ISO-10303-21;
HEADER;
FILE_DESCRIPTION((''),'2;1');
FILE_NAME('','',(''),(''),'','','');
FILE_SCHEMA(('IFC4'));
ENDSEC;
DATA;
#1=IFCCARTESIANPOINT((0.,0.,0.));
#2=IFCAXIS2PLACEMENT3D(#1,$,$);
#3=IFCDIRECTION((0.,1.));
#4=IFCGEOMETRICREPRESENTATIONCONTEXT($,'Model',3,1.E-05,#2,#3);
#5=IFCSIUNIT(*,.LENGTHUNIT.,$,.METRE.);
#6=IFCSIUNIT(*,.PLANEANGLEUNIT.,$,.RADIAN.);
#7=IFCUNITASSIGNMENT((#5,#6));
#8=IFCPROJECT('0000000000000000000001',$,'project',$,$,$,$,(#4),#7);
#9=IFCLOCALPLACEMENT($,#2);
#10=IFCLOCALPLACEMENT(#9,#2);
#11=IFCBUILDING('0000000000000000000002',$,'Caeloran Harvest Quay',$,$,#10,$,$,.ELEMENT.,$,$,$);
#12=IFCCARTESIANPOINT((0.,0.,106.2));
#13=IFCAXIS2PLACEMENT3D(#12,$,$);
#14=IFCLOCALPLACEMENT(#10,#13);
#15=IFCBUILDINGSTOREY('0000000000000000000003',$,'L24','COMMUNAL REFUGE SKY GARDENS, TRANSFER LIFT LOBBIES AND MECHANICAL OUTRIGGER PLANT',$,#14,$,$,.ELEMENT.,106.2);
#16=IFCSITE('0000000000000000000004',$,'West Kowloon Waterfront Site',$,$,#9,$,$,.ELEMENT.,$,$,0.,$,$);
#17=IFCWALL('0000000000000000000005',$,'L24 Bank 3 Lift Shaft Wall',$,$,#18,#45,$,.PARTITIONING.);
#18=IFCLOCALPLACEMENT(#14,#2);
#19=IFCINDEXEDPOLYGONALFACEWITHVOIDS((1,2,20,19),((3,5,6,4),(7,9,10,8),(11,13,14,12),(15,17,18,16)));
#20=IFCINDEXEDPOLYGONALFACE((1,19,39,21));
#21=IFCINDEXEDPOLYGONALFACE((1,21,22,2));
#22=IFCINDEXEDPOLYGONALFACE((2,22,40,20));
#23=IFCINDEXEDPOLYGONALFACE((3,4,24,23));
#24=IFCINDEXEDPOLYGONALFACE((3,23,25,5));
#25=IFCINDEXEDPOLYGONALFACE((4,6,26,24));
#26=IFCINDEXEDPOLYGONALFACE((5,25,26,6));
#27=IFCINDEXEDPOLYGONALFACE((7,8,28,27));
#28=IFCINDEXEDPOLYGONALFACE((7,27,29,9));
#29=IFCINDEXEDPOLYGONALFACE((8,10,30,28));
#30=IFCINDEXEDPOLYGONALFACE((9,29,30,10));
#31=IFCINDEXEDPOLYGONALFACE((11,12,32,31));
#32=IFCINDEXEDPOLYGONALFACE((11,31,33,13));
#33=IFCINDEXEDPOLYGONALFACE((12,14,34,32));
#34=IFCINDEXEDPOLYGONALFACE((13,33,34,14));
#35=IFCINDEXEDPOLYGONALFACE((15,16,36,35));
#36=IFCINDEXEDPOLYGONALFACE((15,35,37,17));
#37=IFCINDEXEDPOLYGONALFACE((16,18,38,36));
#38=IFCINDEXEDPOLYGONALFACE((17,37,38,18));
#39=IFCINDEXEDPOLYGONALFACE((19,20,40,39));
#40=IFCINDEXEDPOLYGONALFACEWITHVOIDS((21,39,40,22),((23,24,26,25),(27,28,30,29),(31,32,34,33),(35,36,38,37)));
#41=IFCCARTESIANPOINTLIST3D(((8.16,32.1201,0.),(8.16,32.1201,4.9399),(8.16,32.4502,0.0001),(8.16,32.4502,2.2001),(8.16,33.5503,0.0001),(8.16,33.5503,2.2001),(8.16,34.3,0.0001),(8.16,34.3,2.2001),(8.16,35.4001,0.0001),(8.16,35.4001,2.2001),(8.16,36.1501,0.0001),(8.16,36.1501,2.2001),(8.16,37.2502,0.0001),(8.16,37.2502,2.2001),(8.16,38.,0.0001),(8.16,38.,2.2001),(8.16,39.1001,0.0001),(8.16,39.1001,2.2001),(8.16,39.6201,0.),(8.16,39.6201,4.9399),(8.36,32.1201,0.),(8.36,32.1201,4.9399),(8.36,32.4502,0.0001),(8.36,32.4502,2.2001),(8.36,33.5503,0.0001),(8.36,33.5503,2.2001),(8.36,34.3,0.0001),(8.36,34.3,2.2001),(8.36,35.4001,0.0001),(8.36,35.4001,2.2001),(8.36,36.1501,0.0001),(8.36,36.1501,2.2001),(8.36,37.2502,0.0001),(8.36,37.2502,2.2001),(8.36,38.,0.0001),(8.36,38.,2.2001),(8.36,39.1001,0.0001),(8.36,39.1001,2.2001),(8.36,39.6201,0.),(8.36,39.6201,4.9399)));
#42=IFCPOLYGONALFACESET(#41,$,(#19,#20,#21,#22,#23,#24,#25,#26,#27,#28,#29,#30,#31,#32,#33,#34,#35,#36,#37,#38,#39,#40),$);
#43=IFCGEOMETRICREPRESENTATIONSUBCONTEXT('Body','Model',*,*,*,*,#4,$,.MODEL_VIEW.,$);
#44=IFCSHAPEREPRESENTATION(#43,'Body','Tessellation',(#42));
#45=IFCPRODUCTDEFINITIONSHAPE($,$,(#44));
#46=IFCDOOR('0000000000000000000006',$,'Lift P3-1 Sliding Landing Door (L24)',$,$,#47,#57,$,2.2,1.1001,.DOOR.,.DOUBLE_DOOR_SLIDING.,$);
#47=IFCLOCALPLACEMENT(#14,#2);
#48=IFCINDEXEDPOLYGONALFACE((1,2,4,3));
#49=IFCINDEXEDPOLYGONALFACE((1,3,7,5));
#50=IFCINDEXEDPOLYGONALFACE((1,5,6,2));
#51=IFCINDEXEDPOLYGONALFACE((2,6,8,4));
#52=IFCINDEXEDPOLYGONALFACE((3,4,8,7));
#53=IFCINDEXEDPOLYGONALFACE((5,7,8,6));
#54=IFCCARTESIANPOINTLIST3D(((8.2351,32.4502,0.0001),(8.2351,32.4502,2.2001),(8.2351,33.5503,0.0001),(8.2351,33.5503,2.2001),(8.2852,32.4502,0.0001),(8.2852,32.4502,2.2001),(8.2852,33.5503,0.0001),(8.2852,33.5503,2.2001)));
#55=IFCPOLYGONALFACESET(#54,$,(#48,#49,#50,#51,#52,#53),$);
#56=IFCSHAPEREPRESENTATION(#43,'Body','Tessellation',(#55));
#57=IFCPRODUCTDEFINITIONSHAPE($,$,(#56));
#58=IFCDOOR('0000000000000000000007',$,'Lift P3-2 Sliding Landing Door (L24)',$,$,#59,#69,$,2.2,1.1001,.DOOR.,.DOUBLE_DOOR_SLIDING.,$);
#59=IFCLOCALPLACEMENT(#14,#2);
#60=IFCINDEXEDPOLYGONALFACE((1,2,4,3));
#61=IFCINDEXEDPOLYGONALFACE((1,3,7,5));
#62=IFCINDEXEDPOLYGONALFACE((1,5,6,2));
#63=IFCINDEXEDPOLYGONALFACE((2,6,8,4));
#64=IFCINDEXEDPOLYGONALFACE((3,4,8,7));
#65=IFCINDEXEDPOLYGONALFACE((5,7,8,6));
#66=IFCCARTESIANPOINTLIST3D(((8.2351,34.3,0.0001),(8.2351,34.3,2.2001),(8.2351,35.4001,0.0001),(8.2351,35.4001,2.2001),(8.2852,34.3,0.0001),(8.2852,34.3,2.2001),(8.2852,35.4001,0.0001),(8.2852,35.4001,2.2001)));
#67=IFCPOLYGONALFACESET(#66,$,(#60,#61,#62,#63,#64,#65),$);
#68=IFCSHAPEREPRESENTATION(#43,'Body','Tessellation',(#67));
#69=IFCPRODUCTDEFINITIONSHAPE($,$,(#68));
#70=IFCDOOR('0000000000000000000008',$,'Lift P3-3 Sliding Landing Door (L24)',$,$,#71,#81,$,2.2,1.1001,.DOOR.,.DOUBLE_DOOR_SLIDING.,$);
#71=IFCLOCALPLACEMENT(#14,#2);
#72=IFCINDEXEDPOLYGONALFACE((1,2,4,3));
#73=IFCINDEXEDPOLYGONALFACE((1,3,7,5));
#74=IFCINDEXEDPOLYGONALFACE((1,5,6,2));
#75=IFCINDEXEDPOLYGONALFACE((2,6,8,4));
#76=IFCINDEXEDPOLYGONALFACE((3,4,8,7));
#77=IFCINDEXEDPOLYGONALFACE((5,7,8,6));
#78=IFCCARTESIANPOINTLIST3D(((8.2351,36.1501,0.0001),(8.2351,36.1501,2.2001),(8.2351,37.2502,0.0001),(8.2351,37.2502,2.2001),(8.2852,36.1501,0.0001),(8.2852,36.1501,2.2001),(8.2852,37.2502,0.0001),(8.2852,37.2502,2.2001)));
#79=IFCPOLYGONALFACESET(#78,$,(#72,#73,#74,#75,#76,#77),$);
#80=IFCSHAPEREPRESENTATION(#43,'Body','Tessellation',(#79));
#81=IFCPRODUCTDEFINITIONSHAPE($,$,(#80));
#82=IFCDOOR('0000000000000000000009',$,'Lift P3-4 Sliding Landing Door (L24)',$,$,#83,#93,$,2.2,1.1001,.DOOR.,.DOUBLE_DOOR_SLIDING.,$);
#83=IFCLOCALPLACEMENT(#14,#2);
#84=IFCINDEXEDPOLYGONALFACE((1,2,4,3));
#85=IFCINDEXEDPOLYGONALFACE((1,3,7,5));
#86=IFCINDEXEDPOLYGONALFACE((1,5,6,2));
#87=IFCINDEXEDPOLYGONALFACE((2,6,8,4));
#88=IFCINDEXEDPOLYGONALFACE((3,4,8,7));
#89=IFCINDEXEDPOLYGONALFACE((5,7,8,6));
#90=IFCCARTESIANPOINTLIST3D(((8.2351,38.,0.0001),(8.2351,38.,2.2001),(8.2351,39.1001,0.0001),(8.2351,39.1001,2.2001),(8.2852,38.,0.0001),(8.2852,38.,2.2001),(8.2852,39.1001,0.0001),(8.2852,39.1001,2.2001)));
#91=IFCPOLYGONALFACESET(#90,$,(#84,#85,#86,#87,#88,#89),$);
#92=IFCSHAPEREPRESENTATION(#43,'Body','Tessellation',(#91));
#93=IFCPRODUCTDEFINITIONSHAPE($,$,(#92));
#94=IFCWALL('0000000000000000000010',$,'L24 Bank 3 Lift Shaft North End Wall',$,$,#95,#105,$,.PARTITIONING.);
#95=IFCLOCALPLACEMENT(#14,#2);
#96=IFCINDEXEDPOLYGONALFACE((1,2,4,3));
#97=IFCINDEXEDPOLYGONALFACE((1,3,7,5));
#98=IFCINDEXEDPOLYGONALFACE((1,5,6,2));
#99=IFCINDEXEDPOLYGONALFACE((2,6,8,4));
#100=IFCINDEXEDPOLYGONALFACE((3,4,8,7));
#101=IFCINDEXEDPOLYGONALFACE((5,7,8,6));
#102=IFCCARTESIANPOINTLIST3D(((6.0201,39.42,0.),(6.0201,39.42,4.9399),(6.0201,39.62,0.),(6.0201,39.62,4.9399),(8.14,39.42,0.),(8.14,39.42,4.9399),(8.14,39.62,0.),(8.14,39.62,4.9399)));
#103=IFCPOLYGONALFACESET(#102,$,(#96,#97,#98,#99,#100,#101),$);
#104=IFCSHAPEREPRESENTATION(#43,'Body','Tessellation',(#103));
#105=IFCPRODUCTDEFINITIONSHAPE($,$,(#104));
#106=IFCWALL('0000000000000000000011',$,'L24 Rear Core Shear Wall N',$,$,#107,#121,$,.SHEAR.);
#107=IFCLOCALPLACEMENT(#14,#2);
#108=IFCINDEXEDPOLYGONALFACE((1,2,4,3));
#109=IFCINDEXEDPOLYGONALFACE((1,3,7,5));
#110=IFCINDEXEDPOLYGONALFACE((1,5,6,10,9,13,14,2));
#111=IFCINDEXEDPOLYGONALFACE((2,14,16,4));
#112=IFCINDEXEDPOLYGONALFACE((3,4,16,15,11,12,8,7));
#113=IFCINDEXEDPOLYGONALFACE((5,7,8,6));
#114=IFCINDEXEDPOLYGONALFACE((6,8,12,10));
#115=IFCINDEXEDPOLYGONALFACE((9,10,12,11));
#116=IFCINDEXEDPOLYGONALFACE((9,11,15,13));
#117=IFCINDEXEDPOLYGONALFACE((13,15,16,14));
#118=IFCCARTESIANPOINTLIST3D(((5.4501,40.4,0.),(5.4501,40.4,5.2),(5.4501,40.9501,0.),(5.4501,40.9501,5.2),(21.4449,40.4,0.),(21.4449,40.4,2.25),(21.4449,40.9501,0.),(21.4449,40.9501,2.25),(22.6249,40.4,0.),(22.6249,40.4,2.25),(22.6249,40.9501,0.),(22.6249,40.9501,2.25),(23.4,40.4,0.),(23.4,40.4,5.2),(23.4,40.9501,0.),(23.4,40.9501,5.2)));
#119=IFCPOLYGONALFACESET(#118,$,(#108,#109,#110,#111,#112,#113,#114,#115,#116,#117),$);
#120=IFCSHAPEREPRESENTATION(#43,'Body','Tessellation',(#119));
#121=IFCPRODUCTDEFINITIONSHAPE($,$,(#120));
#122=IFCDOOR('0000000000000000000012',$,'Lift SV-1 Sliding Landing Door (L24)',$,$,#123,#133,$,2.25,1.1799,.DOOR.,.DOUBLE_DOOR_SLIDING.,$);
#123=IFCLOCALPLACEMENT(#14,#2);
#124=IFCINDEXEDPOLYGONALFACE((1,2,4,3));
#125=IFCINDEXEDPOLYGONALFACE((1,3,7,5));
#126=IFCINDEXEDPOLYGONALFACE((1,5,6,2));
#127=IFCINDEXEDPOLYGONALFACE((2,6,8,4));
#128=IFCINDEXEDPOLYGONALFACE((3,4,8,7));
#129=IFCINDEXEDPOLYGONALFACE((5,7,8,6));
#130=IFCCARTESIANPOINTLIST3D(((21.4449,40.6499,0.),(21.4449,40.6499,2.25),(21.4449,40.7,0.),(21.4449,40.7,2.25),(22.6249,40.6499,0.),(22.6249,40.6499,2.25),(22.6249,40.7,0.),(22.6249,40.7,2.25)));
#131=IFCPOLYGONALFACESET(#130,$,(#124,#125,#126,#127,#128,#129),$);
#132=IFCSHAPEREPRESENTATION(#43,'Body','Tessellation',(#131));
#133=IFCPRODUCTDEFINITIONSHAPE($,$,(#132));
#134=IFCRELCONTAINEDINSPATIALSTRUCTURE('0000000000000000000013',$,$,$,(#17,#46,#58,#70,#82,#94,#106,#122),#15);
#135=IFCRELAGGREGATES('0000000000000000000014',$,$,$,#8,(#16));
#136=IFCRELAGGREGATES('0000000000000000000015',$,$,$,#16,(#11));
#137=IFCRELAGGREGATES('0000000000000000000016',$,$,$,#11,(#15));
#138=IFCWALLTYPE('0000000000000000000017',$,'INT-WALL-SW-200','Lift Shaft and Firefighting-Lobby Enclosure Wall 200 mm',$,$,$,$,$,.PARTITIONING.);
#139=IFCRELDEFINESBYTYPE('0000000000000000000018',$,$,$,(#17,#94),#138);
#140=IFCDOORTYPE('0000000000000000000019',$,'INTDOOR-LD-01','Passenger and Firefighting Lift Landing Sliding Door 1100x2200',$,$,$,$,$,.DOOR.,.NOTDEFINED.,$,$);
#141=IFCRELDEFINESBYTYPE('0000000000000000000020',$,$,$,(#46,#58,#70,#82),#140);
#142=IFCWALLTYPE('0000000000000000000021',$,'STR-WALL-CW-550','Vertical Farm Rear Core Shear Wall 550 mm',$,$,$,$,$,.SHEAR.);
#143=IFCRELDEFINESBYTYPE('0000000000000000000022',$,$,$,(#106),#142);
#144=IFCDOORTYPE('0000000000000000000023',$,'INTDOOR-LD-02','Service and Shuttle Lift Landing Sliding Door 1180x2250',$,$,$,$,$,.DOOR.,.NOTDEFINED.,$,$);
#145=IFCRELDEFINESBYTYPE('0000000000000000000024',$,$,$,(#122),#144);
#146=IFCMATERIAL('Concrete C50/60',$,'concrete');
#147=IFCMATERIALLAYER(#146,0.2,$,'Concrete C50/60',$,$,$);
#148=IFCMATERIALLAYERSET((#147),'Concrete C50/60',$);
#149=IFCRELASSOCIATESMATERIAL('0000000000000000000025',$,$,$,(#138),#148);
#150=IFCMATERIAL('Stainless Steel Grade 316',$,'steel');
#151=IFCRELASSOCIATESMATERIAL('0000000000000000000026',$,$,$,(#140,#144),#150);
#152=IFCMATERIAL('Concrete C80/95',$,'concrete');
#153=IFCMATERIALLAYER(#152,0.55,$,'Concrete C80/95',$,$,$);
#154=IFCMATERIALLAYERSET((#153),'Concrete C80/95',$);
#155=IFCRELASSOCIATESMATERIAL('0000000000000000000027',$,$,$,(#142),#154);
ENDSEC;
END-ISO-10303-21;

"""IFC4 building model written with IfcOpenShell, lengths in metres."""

from ifc_helpers import new_model, si_unit, direction, frame, frame_2d, origin, place, context, subcontext, project, spatial, rectangle, extrude, material, layer, layer_set, type_object, element, fill, save


model = new_model("IFC4")

# Units and contexts
model_context = context("Model", 3, precision=1e-05, world=origin(), true_north=direction((0.0, 1.0)))
body_context = subcontext(model_context, "Body", "Model", "MODEL_VIEW")
ifc_project = project(units=[si_unit("LENGTHUNIT", "METRE"), si_unit("PLANEANGLEUNIT", "RADIAN")], contexts=[model_context])

# Site, building, storey
site_placement = place(None, origin())
site = spatial("IfcSite", under=ifc_project, at=site_placement, Name="West Kowloon Waterfront Site", CompositionType="ELEMENT", RefElevation=0.0)
building_placement = place(site_placement, origin())
building = spatial("IfcBuilding", under=site, at=building_placement, Name="Caeloran Harvest Quay", CompositionType="ELEMENT")
storey_placement = place(building_placement, frame((0.0, 0.0, 106.2)))
storey = spatial("IfcBuildingStorey", under=building, at=storey_placement, Name="L24", Description="COMMUNAL REFUGE SKY GARDENS, TRANSFER LIFT LOBBIES AND MECHANICAL OUTRIGGER PLANT", CompositionType="ELEMENT", Elevation=106.2)

# Shared definitions
ifc_material_1 = material(Name="Concrete C80/95", Category="concrete")

# Wall, openings, doors
ifc_material_2 = material(Name="Concrete C50/60", Category="concrete")
ifc_layer_1 = layer(ifc_material_2, 0.2, Name="Concrete C50/60")
ifc_layer_set_1 = layer_set([ifc_layer_1], Name="Concrete C50/60")
wall_type_1 = type_object("IfcWallType", Name="INT-WALL-SW-200", Description="Lift Shaft and Firefighting-Lobby Enclosure Wall 200 mm", PredefinedType="PARTITIONING", material=ifc_layer_set_1)
wall_1_placement = place(storey_placement, frame((8.26, 32.1201, 0.0), z_axis=(0.0, 0.0, 1.0), x_axis=(0.0, 1.0, 0.0)))
wall_1 = element("IfcWall", 1, at=wall_1_placement, inside=storey, type_object=wall_type_1, Name="L24 Bank 3 Lift Shaft Wall", PredefinedType="PARTITIONING", context=body_context, shape_type="SweptSolid", body=[
    extrude(rectangle(XDim=7.5, YDim=0.2, at=frame_2d((3.75, 0.0))), origin(), (0.0, 0.0, 1.0), 4.9399),
])
opening_1_placement = place(wall_1_placement, frame((0.3301, 0.0, 0.0)))
opening_1 = element("IfcOpeningElement", 2, at=opening_1_placement, cuts=wall_1, PredefinedType="OPENING", context=body_context, shape_type="SweptSolid", body=[
    extrude(rectangle(XDim=1.1001, YDim=2.2, at=frame_2d((0.55, 1.1001))), frame((0.0, 0.1099, 0.0), z_axis=(0.0, -1.0, 0.0), x_axis=(1.0, 0.0, 0.0)), (0.0, 0.0, 1.0), 0.22),
])
opening_2_placement = place(wall_1_placement, frame((2.1799, 0.0, 0.0)))
opening_2 = element("IfcOpeningElement", 3, at=opening_2_placement, cuts=wall_1, PredefinedType="OPENING", context=body_context, shape_type="SweptSolid", body=[
    extrude(rectangle(XDim=1.1001, YDim=2.2, at=frame_2d((0.55, 1.1001))), frame((0.0, 0.1099, 0.0), z_axis=(0.0, -1.0, 0.0), x_axis=(1.0, 0.0, 0.0)), (0.0, 0.0, 1.0), 0.22),
])
opening_3_placement = place(wall_1_placement, frame((4.03, 0.0, 0.0)))
opening_3 = element("IfcOpeningElement", 4, at=opening_3_placement, cuts=wall_1, PredefinedType="OPENING", context=body_context, shape_type="SweptSolid", body=[
    extrude(rectangle(XDim=1.1001, YDim=2.2, at=frame_2d((0.55, 1.1001))), frame((0.0, 0.1099, 0.0), z_axis=(0.0, -1.0, 0.0), x_axis=(1.0, 0.0, 0.0)), (0.0, 0.0, 1.0), 0.22),
])
opening_4_placement = place(wall_1_placement, frame((5.8799, 0.0, 0.0)))
opening_4 = element("IfcOpeningElement", 5, at=opening_4_placement, cuts=wall_1, PredefinedType="OPENING", context=body_context, shape_type="SweptSolid", body=[
    extrude(rectangle(XDim=1.1001, YDim=2.2, at=frame_2d((0.55, 1.1001))), frame((0.0, 0.1099, 0.0), z_axis=(0.0, -1.0, 0.0), x_axis=(1.0, 0.0, 0.0)), (0.0, 0.0, 1.0), 0.22),
])
ifc_material_3 = material(Name="Stainless Steel Grade 316", Category="steel")
door_type_1 = type_object("IfcDoorType", Name="INTDOOR-LD-01", Description="Passenger and Firefighting Lift Landing Sliding Door 1100x2200", OperationType="NOTDEFINED", PredefinedType="DOOR", material=ifc_material_3)
door_1_placement = place(opening_1_placement, origin())
door_1 = element("IfcDoor", 6, at=door_1_placement, inside=storey, type_object=door_type_1, Name="Lift P3-1 Sliding Landing Door (L24)", OperationType="DOUBLE_DOOR_SLIDING", OverallHeight=2.2, OverallWidth=1.1001, PredefinedType="DOOR", context=body_context, shape_type="SweptSolid", body=[
    extrude(rectangle(XDim=1.1001, YDim=2.2, at=frame_2d((0.55, 1.1001))), frame((0.0, 0.0249, 0.0), z_axis=(0.0, -1.0, 0.0), x_axis=(1.0, 0.0, 0.0)), (0.0, 0.0, 1.0), 0.05),
])
fill(opening_1, door_1)
door_2_placement = place(opening_2_placement, origin())
door_2 = element("IfcDoor", 7, at=door_2_placement, inside=storey, type_object=door_type_1, Name="Lift P3-2 Sliding Landing Door (L24)", OperationType="DOUBLE_DOOR_SLIDING", OverallHeight=2.2, OverallWidth=1.1001, PredefinedType="DOOR", context=body_context, shape_type="SweptSolid", body=[
    extrude(rectangle(XDim=1.1001, YDim=2.2, at=frame_2d((0.55, 1.1001))), frame((0.0, 0.0249, 0.0), z_axis=(0.0, -1.0, 0.0), x_axis=(1.0, 0.0, 0.0)), (0.0, 0.0, 1.0), 0.05),
])
fill(opening_2, door_2)
door_3_placement = place(opening_3_placement, origin())
door_3 = element("IfcDoor", 8, at=door_3_placement, inside=storey, type_object=door_type_1, Name="Lift P3-3 Sliding Landing Door (L24)", OperationType="DOUBLE_DOOR_SLIDING", OverallHeight=2.2, OverallWidth=1.1001, PredefinedType="DOOR", context=body_context, shape_type="SweptSolid", body=[
    extrude(rectangle(XDim=1.1001, YDim=2.2, at=frame_2d((0.55, 1.1001))), frame((0.0, 0.0249, 0.0), z_axis=(0.0, -1.0, 0.0), x_axis=(1.0, 0.0, 0.0)), (0.0, 0.0, 1.0), 0.05),
])
fill(opening_3, door_3)
door_4_placement = place(opening_4_placement, origin())
door_4 = element("IfcDoor", 9, at=door_4_placement, inside=storey, type_object=door_type_1, Name="Lift P3-4 Sliding Landing Door (L24)", OperationType="DOUBLE_DOOR_SLIDING", OverallHeight=2.2, OverallWidth=1.1001, PredefinedType="DOOR", context=body_context, shape_type="SweptSolid", body=[
    extrude(rectangle(XDim=1.1001, YDim=2.2, at=frame_2d((0.55, 1.1001))), frame((0.0, 0.0249, 0.0), z_axis=(0.0, -1.0, 0.0), x_axis=(1.0, 0.0, 0.0)), (0.0, 0.0, 1.0), 0.05),
])
fill(opening_4, door_4)

# Wall
wall_2_placement = place(storey_placement, frame((6.02, 39.52, 0.0), z_axis=(0.0, 0.0, 1.0), x_axis=(1.0, 0.0, 0.0)))
element("IfcWall", 10, at=wall_2_placement, inside=storey, type_object=wall_type_1, Name="L24 Bank 3 Lift Shaft North End Wall", PredefinedType="PARTITIONING", context=body_context, shape_type="SweptSolid", body=[
    extrude(rectangle(XDim=2.1199, YDim=0.2, at=frame_2d((1.0601, 0.0))), origin(), (0.0, 0.0, 1.0), 4.9399),
])

# Wall, opening, door
ifc_layer_2 = layer(ifc_material_1, 0.55, Name="Concrete C80/95")
ifc_layer_set_2 = layer_set([ifc_layer_2], Name="Concrete C80/95")
wall_type_2 = type_object("IfcWallType", Name="STR-WALL-CW-550", Description="Vertical Farm Rear Core Shear Wall 550 mm", PredefinedType="SHEAR", material=ifc_layer_set_2)
wall_3_placement = place(storey_placement, frame((5.45, 40.675, 0.0), z_axis=(0.0, 0.0, 1.0), x_axis=(1.0, 0.0, 0.0)))
wall_3 = element("IfcWall", 11, at=wall_3_placement, inside=storey, type_object=wall_type_2, Name="L24 Rear Core Shear Wall N", PredefinedType="SHEAR", context=body_context, shape_type="SweptSolid", body=[
    extrude(rectangle(XDim=17.95, YDim=0.55, at=frame_2d((8.9751, 0.0))), origin(), (0.0, 0.0, 1.0), 5.2),
])
opening_5_placement = place(wall_3_placement, frame((15.9951, 0.0, 0.0)))
opening_5 = element("IfcOpeningElement", 12, at=opening_5_placement, cuts=wall_3, PredefinedType="OPENING", context=body_context, shape_type="SweptSolid", body=[
    extrude(rectangle(XDim=1.1799, YDim=2.25, at=frame_2d((0.5898, 1.125))), frame((0.0, 0.2852, 0.0), z_axis=(0.0, -1.0, 0.0), x_axis=(1.0, 0.0, 0.0)), (0.0, 0.0, 1.0), 0.5701),
])
door_type_2 = type_object("IfcDoorType", Name="INTDOOR-LD-02", Description="Service and Shuttle Lift Landing Sliding Door 1180x2250", OperationType="NOTDEFINED", PredefinedType="DOOR", material=ifc_material_3)
door_5_placement = place(opening_5_placement, origin())
door_5 = element("IfcDoor", 13, at=door_5_placement, inside=storey, type_object=door_type_2, Name="Lift SV-1 Sliding Landing Door (L24)", OperationType="DOUBLE_DOOR_SLIDING", OverallHeight=2.25, OverallWidth=1.1799, PredefinedType="DOOR", context=body_context, shape_type="SweptSolid", body=[
    extrude(rectangle(XDim=1.1799, YDim=2.25, at=frame_2d((0.5898, 1.125))), frame((0.0, 0.0249, 0.0), z_axis=(0.0, -1.0, 0.0), x_axis=(1.0, 0.0, 0.0)), (0.0, 0.0, 1.0), 0.05),
])
fill(opening_5, door_5)

save(model, "model.ifc")
